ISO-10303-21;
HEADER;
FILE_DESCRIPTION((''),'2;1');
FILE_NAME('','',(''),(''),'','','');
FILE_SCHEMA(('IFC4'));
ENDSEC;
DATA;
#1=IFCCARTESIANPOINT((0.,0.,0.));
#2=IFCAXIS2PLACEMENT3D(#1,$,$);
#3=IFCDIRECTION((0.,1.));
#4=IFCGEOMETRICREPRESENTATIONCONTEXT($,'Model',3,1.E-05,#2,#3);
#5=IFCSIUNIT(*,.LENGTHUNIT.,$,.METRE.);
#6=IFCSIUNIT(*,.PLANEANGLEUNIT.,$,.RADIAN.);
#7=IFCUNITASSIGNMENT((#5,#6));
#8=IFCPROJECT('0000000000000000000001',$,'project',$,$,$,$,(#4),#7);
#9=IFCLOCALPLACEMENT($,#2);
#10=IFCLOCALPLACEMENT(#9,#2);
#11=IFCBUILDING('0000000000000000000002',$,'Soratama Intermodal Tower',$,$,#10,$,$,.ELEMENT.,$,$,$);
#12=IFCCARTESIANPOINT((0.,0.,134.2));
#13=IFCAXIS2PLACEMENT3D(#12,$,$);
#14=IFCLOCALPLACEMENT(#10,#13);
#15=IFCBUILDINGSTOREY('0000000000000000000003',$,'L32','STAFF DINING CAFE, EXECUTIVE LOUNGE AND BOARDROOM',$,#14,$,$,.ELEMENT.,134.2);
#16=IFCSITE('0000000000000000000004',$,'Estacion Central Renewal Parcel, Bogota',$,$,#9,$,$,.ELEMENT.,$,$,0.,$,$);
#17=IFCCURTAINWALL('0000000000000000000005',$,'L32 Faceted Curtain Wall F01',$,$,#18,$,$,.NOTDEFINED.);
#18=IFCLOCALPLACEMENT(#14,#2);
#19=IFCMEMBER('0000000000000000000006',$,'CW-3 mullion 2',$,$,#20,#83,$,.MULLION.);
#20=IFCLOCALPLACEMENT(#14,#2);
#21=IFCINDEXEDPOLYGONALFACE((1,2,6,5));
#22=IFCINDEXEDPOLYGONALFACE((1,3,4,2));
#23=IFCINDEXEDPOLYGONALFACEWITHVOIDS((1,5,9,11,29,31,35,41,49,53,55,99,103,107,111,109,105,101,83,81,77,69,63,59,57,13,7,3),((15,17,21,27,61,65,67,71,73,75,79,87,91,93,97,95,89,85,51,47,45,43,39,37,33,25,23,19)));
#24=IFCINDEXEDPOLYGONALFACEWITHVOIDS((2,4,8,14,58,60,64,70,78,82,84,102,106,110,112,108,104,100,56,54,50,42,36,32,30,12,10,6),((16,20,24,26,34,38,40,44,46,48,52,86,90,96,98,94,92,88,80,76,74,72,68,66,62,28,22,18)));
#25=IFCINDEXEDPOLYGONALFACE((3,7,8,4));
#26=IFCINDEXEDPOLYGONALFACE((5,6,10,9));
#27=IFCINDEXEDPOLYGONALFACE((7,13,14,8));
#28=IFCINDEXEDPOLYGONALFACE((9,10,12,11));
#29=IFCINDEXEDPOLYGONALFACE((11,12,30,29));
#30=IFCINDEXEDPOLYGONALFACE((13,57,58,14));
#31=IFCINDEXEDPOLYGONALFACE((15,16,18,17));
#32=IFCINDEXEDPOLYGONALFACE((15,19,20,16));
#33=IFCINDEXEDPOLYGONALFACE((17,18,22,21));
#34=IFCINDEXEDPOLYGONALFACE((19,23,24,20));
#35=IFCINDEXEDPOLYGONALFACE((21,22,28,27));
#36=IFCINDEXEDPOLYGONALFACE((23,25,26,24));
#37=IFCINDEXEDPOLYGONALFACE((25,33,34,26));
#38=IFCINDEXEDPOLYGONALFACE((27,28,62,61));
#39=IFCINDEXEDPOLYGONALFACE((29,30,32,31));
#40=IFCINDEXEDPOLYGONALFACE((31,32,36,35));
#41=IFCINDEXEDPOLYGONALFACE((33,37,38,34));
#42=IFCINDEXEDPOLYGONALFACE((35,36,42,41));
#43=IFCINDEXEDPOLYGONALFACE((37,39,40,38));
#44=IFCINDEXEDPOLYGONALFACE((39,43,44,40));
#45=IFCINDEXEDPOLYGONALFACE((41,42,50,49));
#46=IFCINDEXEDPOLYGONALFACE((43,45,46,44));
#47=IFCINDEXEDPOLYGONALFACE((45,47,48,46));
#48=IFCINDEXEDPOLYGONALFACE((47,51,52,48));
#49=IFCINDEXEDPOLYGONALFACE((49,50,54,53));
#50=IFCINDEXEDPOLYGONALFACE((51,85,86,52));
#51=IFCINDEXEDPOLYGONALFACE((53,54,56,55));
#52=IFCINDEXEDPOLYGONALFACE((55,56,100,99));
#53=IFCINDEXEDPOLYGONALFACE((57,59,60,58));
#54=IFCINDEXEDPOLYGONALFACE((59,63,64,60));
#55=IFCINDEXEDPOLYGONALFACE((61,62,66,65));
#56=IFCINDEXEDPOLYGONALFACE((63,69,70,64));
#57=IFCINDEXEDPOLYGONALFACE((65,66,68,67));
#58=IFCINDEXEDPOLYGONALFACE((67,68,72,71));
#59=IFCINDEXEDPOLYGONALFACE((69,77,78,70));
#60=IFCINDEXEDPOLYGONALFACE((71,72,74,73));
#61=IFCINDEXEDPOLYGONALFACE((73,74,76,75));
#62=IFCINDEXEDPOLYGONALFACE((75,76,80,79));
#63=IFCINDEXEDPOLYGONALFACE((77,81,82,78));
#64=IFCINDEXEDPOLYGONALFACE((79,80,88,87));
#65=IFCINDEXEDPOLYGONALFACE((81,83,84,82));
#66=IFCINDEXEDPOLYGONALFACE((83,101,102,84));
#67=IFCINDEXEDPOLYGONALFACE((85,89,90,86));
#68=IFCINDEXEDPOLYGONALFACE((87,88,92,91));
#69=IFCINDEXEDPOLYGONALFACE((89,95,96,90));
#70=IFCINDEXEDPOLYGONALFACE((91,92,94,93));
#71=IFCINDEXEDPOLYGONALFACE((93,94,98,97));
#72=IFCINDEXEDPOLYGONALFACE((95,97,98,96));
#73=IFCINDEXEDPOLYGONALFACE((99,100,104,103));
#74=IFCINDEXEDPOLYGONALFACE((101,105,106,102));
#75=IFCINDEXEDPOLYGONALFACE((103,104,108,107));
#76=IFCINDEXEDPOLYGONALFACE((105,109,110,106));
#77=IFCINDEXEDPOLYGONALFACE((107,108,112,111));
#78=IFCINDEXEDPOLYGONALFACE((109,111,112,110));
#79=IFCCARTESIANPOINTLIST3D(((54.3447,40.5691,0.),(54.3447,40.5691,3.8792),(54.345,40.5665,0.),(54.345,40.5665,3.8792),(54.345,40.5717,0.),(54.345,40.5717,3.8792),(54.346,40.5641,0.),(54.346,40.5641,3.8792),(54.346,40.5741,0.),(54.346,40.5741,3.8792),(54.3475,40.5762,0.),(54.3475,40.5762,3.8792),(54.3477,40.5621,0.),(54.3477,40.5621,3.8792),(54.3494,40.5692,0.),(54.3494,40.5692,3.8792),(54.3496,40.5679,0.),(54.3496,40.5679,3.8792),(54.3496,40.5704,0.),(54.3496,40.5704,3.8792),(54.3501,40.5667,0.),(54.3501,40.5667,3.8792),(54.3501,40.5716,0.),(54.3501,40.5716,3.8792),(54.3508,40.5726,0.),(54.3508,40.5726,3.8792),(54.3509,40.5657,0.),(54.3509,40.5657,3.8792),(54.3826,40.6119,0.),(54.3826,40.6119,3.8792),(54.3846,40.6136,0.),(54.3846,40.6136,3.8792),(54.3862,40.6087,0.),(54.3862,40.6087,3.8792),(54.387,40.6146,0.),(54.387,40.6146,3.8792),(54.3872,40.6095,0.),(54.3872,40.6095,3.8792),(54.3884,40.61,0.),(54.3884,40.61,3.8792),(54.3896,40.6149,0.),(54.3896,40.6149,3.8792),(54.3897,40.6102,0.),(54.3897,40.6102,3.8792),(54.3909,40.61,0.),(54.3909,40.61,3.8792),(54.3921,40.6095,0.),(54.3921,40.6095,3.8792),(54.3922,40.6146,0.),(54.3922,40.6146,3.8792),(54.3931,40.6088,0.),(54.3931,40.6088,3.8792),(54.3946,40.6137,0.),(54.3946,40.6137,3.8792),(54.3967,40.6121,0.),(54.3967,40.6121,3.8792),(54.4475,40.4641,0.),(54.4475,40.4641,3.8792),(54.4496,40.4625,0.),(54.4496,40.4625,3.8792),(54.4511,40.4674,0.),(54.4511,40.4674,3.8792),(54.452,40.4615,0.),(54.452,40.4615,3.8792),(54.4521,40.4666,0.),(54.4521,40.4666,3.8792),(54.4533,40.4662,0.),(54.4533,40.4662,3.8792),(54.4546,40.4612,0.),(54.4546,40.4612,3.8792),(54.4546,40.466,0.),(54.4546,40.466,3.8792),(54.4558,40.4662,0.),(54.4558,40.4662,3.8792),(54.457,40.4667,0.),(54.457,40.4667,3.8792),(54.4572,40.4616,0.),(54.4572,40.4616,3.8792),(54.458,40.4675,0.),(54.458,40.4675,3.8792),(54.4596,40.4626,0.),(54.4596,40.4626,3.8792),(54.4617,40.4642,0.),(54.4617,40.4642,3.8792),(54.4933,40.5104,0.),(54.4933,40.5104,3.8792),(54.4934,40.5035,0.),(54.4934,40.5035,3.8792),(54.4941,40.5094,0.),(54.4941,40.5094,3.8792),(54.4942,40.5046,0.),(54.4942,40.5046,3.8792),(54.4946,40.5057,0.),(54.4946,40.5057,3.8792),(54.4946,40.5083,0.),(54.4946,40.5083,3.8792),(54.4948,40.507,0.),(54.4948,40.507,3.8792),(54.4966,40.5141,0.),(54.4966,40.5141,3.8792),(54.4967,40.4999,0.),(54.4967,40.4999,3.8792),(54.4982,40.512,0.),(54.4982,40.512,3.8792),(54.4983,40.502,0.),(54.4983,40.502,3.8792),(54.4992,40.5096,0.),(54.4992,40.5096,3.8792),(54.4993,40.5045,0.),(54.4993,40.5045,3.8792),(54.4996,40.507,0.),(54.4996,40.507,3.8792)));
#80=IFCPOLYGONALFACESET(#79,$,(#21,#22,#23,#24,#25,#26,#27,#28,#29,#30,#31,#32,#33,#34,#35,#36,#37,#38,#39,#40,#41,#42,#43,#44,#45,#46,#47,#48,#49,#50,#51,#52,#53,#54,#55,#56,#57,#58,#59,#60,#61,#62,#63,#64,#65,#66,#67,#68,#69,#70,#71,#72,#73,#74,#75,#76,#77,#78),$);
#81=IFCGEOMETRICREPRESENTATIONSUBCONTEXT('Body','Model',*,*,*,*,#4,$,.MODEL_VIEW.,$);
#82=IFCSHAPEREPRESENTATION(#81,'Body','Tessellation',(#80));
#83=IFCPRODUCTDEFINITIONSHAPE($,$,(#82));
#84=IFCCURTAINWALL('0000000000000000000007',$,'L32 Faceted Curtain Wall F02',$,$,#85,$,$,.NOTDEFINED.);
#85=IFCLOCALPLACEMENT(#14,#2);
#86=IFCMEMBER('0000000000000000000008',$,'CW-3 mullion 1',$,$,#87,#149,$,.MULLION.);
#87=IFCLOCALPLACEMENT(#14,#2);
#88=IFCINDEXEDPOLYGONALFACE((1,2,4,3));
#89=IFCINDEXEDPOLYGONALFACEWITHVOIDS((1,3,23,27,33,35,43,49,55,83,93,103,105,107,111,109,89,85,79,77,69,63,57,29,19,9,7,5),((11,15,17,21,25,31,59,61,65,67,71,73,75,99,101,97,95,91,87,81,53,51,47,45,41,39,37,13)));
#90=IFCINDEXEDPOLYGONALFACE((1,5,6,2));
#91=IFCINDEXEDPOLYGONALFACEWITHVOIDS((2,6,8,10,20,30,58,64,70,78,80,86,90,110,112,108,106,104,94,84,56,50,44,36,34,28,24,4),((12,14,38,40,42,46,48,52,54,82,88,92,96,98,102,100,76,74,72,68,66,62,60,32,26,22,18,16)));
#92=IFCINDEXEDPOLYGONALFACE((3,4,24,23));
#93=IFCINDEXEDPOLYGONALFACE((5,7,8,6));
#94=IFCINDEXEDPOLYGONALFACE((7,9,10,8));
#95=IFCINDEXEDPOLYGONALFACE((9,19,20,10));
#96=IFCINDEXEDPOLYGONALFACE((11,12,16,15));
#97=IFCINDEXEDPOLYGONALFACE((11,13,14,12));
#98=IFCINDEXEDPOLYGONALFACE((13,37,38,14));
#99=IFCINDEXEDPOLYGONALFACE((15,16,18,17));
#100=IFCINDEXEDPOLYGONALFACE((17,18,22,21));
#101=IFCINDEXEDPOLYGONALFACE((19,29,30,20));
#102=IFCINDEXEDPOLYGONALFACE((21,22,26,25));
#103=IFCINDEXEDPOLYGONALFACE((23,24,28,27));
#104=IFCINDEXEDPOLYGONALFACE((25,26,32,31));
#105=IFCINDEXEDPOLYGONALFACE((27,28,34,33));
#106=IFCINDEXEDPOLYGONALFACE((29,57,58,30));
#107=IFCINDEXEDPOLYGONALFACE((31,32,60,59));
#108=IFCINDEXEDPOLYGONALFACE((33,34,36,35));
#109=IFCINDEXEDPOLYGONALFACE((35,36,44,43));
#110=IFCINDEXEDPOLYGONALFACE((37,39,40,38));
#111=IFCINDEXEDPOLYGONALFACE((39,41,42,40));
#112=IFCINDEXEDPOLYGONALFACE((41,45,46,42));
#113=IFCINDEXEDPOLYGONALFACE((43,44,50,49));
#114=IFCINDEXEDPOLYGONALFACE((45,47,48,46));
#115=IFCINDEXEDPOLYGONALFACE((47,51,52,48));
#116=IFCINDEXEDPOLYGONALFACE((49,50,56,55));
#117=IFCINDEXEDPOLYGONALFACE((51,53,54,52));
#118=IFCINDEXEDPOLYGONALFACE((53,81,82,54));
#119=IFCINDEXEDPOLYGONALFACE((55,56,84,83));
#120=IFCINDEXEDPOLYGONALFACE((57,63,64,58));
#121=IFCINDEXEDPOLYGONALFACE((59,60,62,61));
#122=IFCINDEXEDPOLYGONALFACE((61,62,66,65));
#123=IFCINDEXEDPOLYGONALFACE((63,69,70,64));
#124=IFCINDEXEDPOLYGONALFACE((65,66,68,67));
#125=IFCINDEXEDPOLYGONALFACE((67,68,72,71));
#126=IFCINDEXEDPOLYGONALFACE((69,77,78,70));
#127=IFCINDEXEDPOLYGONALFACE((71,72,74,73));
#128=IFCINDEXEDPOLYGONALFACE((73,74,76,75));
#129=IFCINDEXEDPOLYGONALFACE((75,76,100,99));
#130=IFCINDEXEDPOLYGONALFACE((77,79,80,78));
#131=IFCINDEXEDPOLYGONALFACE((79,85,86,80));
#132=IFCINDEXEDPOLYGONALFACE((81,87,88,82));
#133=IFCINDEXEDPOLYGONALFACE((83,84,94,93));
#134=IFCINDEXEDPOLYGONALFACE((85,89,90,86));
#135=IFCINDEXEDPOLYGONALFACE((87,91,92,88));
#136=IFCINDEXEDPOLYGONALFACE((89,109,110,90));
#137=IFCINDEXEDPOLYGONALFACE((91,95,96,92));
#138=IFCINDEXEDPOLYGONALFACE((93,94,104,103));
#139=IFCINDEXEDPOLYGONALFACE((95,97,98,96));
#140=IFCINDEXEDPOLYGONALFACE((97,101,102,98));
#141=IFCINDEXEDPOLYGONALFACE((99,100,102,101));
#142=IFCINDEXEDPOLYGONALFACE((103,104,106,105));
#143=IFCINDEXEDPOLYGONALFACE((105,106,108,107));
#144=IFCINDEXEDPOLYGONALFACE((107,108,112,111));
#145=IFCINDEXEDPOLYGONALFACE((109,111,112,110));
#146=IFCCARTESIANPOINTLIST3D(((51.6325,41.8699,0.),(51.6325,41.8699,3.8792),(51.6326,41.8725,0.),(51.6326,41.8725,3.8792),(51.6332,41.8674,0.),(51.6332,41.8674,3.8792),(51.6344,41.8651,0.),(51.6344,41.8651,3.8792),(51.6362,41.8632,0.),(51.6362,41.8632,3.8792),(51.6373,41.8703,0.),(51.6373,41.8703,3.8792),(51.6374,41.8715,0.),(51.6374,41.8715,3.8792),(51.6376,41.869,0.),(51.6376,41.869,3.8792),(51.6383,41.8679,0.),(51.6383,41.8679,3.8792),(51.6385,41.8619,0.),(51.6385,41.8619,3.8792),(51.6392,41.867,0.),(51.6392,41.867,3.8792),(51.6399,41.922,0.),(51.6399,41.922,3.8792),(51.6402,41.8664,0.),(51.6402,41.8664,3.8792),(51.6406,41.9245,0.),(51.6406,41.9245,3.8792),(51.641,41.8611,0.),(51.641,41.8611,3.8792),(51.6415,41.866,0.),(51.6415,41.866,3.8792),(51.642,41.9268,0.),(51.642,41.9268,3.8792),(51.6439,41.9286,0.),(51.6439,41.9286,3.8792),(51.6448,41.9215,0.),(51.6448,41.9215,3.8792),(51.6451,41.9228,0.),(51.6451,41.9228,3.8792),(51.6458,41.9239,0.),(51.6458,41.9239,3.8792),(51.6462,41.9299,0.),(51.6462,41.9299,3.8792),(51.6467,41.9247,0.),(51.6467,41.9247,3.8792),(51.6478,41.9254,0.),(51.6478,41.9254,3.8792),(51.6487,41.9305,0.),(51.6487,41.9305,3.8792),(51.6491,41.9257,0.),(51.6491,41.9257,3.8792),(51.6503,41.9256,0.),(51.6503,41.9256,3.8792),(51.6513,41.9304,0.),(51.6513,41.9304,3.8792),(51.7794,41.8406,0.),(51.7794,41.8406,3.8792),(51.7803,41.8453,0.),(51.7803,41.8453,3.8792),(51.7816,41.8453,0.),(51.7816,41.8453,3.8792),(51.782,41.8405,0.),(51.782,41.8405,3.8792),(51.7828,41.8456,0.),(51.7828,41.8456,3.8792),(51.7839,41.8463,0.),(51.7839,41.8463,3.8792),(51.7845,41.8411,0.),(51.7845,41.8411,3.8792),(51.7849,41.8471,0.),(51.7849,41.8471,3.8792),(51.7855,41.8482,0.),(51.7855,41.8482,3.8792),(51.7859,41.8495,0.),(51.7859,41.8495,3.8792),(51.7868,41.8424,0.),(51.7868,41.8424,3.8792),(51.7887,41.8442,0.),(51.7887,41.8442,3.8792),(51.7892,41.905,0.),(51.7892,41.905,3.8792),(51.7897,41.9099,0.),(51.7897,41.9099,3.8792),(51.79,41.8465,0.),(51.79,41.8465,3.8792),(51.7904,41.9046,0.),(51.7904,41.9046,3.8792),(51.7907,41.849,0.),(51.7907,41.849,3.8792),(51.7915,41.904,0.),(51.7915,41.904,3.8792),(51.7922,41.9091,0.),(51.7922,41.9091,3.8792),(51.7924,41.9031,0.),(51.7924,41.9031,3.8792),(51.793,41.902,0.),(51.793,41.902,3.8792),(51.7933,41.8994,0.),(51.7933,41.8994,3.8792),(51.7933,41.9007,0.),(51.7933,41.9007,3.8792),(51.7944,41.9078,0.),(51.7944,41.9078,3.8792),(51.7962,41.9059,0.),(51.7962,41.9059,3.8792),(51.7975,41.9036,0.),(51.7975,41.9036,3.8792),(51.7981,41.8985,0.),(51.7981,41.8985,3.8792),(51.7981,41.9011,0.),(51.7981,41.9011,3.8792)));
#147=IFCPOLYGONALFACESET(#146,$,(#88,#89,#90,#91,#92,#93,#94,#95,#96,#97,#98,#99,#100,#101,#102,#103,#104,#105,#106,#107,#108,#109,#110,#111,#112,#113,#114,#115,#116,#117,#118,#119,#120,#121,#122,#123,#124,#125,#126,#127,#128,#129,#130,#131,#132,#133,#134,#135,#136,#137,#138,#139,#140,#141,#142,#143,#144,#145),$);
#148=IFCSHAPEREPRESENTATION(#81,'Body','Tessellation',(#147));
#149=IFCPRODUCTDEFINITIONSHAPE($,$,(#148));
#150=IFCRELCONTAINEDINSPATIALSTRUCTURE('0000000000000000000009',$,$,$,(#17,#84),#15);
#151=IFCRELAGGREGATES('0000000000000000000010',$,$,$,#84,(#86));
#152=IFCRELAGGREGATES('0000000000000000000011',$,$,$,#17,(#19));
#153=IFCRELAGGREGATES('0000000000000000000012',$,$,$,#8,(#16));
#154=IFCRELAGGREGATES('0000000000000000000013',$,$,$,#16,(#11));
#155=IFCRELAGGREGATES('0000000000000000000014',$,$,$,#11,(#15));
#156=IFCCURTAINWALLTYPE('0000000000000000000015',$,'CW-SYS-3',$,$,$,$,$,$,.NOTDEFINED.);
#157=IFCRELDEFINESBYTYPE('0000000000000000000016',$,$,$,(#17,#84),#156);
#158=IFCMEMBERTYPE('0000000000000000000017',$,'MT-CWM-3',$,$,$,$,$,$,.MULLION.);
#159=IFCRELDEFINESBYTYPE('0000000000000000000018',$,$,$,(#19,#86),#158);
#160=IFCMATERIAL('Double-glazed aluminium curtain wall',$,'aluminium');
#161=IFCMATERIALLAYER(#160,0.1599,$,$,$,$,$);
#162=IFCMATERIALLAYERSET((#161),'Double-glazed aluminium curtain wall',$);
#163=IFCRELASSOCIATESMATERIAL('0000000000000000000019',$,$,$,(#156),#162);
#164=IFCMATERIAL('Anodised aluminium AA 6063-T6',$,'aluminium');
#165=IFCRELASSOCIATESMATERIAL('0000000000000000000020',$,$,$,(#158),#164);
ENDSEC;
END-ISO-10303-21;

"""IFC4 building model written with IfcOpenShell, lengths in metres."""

from ifc_helpers import new_model, si_unit, direction, frame, origin, origin_2d, place, context, subcontext, project, spatial, hollow_rectangle, extrude, material, layer, layer_set, material_profile, profile_set, type_object, element, aggregate, save


model = new_model("IFC4")

# Units and contexts
model_context = context("Model", 3, precision=1e-05, world=origin(), true_north=direction((0.0, 1.0)))
body_context = subcontext(model_context, "Body", "Model", "MODEL_VIEW")
ifc_project = project(units=[si_unit("LENGTHUNIT", "METRE"), si_unit("PLANEANGLEUNIT", "RADIAN")], contexts=[model_context])

# Site, building, storey
site_placement = place(None, origin())
site = spatial("IfcSite", under=ifc_project, at=site_placement, Name="Estacion Central Renewal Parcel, Bogota", CompositionType="ELEMENT", RefElevation=0.0)
building_placement = place(site_placement, origin())
building = spatial("IfcBuilding", under=site, at=building_placement, Name="Soratama Intermodal Tower", CompositionType="ELEMENT")
storey_placement = place(building_placement, frame((0.0, 0.0, 134.2)))
storey = spatial("IfcBuildingStorey", under=building, at=storey_placement, Name="L32", Description="STAFF DINING CAFE, EXECUTIVE LOUNGE AND BOARDROOM", CompositionType="ELEMENT", Elevation=134.2)

# Curtain walls, members
ifc_material_1 = material(Name="Double-glazed aluminium curtain wall", Category="aluminium")
ifc_layer_1 = layer(ifc_material_1, 0.1599)
ifc_layer_set_1 = layer_set([ifc_layer_1], Name="Double-glazed aluminium curtain wall")
curtain_wall_type = type_object("IfcCurtainWallType", Name="CW-SYS-3", PredefinedType="NOTDEFINED", material=ifc_layer_set_1)
curtain_wall_1_placement = place(storey_placement, origin())
curtain_wall_1 = element("IfcCurtainWall", 1, at=curtain_wall_1_placement, inside=storey, type_object=curtain_wall_type, Name="L32 Faceted Curtain Wall F01", PredefinedType="NOTDEFINED")
ifc_material_2 = material(Name="Anodised aluminium AA 6063-T6", Category="aluminium")
ifc_material_profile_1 = material_profile(ifc_material_2, hollow_rectangle(XDim=0.0701, YDim=0.1599, WallThickness=0.0049, InnerFilletRadius=0.0049, OuterFilletRadius=0.01, at=origin_2d()), Name="CWM160X70X5")
ifc_profile_set_1 = profile_set([ifc_material_profile_1], Name="Anodised aluminium AA 6063-T6")
member_type_1 = type_object("IfcMemberType", Name="MT-CWM-3", PredefinedType="MULLION", material=ifc_profile_set_1)
member_1_placement = place(storey_placement, frame((54.4221, 40.5381, 0.0), z_axis=(0.0, 0.0, 1.0), x_axis=(-0.700414, -0.713737, 0.0)))
member_1 = element("IfcMember", 2, at=member_1_placement, type_object=member_type_1, Name="CW-3 mullion 2", PredefinedType="MULLION", context=body_context, shape_type="SweptSolid", body=[
    extrude(hollow_rectangle(XDim=0.0701, YDim=0.1599, WallThickness=0.0049, InnerFilletRadius=0.0049, OuterFilletRadius=0.01, at=origin_2d()), origin(), (0.0, 0.0, 1.0), 3.8792),
])
curtain_wall_2_placement = place(storey_placement, origin())
curtain_wall_2 = element("IfcCurtainWall", 3, at=curtain_wall_2_placement, inside=storey, type_object=curtain_wall_type, Name="L32 Faceted Curtain Wall F02", PredefinedType="NOTDEFINED")
member_2_placement = place(storey_placement, frame((51.7153, 41.8855, 0.0), z_axis=(0.0, 0.0, 1.0), x_axis=(-0.14712, -0.989119, 0.0)))
member_2 = element("IfcMember", 4, at=member_2_placement, type_object=member_type_1, Name="CW-3 mullion 1", PredefinedType="MULLION", context=body_context, shape_type="SweptSolid", body=[
    extrude(hollow_rectangle(XDim=0.0701, YDim=0.1599, WallThickness=0.0049, InnerFilletRadius=0.0049, OuterFilletRadius=0.01, at=origin_2d()), origin(), (0.0, 0.0, 1.0), 3.8792),
])

aggregate(curtain_wall_2, [member_2])

aggregate(curtain_wall_1, [member_1])

save(model, "model.ifc")
